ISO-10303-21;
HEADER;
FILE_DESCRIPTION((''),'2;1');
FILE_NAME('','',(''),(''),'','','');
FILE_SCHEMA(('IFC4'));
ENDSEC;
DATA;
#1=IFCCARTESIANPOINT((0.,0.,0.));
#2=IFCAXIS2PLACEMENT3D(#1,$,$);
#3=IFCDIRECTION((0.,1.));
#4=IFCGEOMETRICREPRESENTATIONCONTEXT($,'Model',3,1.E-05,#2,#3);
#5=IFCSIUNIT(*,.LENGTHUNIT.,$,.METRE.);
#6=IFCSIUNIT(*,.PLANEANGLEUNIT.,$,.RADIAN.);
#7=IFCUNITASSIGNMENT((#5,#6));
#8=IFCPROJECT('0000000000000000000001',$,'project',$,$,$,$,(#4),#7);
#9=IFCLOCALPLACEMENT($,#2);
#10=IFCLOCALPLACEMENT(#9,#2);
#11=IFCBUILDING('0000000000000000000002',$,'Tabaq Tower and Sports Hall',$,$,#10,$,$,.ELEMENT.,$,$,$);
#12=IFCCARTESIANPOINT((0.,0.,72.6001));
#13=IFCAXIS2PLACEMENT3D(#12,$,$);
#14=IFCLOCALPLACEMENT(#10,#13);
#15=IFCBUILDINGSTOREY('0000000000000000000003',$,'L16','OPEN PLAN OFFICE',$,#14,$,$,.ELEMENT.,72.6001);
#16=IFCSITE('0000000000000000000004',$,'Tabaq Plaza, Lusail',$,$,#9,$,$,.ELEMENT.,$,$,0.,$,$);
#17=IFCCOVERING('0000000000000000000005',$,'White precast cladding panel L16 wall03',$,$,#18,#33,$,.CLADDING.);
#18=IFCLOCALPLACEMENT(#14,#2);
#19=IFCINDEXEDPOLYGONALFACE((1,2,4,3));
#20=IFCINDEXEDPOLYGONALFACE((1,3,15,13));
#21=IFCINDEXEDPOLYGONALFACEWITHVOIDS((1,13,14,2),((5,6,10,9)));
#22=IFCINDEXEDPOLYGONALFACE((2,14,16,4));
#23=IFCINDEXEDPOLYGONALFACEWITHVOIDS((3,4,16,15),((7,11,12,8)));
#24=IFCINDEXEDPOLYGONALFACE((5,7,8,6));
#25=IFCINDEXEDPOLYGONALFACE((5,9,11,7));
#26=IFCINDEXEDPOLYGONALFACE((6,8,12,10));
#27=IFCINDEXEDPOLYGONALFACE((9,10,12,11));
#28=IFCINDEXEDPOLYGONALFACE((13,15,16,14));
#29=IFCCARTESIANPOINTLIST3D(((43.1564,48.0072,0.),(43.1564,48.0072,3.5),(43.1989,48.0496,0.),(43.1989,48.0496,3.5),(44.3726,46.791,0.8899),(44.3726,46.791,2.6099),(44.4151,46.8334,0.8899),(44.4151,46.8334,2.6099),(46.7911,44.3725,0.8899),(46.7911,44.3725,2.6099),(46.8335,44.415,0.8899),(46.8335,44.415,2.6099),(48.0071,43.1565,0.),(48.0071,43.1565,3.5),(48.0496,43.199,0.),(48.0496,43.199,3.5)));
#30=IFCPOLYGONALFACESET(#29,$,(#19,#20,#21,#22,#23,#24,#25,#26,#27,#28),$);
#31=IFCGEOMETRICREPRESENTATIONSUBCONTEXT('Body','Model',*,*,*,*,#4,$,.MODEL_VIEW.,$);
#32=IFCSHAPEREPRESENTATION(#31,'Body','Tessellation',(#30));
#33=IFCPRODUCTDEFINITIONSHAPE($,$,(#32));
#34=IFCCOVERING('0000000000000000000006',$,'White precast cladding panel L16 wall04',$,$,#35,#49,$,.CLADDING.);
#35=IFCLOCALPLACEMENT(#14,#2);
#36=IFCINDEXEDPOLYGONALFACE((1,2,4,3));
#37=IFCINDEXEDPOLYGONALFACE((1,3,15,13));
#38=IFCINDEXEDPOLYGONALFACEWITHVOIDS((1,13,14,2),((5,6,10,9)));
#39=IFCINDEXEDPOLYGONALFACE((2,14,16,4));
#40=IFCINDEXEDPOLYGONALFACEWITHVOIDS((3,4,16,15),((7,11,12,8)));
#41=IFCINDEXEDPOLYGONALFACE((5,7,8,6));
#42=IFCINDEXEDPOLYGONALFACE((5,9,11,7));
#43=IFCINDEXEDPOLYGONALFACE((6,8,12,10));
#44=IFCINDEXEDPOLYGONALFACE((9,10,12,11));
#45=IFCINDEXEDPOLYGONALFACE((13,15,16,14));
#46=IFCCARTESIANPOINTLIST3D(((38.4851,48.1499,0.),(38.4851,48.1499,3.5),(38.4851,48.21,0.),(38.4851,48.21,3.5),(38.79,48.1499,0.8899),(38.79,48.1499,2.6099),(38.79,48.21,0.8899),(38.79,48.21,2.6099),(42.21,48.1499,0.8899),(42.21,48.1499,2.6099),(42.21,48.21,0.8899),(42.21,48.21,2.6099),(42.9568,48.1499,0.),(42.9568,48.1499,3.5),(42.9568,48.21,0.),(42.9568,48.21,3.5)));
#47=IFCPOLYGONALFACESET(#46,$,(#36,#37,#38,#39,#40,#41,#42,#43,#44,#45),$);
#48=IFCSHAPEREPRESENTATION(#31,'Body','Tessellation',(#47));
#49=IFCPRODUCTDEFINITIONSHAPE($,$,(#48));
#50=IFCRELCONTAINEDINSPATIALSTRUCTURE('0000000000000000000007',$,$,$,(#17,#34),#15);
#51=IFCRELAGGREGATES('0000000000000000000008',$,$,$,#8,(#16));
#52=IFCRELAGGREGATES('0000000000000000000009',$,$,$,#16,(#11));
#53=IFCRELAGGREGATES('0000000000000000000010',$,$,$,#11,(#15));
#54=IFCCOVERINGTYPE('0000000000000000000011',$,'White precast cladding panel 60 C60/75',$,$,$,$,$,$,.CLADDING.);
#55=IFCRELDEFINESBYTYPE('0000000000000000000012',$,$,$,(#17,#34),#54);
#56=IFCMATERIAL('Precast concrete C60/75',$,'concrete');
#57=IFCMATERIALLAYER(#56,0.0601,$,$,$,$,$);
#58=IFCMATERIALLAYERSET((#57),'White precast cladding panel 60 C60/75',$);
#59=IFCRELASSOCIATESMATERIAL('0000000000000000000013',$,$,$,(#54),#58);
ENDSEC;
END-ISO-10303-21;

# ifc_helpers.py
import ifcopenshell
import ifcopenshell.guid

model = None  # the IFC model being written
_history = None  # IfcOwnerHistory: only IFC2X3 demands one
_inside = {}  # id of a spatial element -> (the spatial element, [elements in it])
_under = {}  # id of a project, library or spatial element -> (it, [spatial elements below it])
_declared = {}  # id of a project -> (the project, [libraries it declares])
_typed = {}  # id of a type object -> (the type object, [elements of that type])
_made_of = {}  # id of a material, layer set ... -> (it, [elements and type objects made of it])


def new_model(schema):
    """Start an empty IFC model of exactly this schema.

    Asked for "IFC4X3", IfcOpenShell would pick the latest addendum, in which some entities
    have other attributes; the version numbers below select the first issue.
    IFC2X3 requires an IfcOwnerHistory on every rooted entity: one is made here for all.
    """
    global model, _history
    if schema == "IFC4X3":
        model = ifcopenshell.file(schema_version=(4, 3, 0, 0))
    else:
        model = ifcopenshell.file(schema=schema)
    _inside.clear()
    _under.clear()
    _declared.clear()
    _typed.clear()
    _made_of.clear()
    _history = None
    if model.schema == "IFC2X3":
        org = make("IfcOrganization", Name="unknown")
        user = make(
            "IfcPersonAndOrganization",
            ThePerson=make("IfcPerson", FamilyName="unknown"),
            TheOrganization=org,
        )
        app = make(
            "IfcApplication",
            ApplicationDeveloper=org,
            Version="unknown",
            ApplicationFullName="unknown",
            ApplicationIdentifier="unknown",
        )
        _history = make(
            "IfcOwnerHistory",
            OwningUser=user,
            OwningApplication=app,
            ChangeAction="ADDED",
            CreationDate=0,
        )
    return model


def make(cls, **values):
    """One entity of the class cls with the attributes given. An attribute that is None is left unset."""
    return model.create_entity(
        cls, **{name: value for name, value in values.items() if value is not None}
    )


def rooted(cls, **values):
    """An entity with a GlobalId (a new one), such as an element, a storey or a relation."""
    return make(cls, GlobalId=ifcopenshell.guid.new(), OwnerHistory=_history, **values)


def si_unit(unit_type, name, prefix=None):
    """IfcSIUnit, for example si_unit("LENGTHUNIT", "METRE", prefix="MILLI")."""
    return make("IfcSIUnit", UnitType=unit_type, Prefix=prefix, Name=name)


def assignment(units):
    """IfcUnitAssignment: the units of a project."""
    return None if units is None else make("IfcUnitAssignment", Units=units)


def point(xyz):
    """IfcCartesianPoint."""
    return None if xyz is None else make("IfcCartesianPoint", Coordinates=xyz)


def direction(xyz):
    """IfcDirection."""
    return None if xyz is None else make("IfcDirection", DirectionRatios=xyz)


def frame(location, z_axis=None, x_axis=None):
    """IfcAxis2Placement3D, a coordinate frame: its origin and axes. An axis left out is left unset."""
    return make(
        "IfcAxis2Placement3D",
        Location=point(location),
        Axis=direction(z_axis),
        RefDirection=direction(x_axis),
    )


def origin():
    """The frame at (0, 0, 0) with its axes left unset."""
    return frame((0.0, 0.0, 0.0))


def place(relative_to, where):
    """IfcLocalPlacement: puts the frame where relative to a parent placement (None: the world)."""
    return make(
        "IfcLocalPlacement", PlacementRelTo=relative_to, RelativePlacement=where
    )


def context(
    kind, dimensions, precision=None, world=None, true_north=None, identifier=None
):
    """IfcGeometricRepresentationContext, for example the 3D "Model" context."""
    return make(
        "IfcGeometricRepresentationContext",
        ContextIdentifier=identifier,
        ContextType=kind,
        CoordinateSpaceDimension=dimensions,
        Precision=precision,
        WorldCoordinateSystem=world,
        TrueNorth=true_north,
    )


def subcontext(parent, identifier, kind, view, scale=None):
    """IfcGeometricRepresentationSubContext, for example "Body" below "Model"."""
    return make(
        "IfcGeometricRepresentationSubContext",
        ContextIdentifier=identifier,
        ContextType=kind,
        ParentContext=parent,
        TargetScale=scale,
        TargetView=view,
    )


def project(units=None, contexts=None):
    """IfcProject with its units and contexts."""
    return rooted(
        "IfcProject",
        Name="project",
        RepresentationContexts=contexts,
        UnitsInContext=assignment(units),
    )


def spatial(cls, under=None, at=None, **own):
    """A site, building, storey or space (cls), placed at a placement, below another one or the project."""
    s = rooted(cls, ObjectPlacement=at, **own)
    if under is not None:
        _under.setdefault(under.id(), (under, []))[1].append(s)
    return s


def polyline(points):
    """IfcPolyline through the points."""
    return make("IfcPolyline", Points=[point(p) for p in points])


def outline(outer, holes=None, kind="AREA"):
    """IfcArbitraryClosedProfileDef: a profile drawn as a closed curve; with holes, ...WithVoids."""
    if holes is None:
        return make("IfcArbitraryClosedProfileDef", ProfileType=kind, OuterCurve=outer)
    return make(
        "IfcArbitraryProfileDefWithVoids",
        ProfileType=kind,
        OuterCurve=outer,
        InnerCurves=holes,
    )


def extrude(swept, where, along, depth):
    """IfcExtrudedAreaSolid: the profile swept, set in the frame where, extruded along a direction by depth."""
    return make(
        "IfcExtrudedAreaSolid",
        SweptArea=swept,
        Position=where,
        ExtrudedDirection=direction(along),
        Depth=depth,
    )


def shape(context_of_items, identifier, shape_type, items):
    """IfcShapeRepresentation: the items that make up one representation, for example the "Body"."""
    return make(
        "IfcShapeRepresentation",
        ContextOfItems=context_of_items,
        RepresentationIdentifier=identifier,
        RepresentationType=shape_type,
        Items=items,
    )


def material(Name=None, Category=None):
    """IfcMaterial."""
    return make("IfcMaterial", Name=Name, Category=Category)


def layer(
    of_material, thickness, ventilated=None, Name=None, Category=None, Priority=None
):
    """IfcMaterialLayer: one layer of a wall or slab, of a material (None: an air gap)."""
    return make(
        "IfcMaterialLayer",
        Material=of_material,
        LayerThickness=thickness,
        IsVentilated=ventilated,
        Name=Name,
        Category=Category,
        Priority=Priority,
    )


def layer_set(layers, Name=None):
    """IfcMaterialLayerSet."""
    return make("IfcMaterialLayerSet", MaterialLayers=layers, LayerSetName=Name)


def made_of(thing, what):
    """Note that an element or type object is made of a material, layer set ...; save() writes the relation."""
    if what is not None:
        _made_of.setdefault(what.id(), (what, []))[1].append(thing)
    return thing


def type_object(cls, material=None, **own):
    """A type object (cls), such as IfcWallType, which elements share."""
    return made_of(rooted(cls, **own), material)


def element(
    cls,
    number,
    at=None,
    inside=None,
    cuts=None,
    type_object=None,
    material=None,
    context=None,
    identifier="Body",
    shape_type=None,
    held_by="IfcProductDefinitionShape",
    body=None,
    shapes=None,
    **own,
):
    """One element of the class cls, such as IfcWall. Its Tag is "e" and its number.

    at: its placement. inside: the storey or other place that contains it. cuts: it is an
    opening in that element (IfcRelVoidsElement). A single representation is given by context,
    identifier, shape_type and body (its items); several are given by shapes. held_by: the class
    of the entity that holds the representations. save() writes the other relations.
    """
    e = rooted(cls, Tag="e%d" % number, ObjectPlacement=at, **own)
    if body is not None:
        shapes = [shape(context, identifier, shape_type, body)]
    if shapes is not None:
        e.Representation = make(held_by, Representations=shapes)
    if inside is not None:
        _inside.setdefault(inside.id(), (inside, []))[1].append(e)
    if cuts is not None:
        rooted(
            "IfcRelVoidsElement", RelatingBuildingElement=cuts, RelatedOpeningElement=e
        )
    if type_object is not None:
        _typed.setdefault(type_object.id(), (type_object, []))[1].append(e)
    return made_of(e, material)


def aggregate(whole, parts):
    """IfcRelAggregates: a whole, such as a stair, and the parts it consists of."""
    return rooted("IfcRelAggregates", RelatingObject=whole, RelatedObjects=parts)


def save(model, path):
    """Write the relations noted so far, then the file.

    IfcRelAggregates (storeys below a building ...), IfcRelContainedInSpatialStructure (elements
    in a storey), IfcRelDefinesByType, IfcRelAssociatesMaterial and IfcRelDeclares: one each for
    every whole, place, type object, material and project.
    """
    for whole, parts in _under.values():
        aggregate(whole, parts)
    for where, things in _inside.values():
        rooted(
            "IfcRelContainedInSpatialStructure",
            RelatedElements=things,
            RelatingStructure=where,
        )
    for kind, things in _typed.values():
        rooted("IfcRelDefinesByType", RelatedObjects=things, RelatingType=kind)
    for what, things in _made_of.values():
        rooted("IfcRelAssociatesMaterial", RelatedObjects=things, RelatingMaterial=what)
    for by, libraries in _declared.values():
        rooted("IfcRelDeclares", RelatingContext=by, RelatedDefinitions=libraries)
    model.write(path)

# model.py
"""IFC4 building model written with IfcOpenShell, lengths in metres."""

from ifc_helpers import new_model, si_unit, direction, frame, origin, place, context, subcontext, project, spatial, polyline, outline, extrude, material, layer, layer_set, type_object, element, save


model = new_model("IFC4")

# Units and contexts
model_context = context("Model", 3, precision=1e-05, world=origin(), true_north=direction((0.0, 1.0)))
body_context = subcontext(model_context, "Body", "Model", "MODEL_VIEW")
ifc_project = project(units=[si_unit("LENGTHUNIT", "METRE"), si_unit("PLANEANGLEUNIT", "RADIAN")], contexts=[model_context])

# Site, building, storey
site_placement = place(None, origin())
site = spatial("IfcSite", under=ifc_project, at=site_placement, Name="Tabaq Plaza, Lusail", CompositionType="ELEMENT", RefElevation=0.0)
building_placement = place(site_placement, origin())
building = spatial("IfcBuilding", under=site, at=building_placement, Name="Tabaq Tower and Sports Hall", CompositionType="ELEMENT")
storey_placement = place(building_placement, frame((0.0, 0.0, 72.6001)))
storey = spatial("IfcBuildingStorey", under=building, at=storey_placement, Name="L16", Description="OPEN PLAN OFFICE", CompositionType="ELEMENT", Elevation=72.6001)

# Coverings
ifc_material_1 = material(Name="Precast concrete C60/75", Category="concrete")
ifc_layer_1 = layer(ifc_material_1, 0.0601)
ifc_layer_set_1 = layer_set([ifc_layer_1], Name="White precast cladding panel 60 C60/75")
covering_type_1 = type_object("IfcCoveringType", Name="White precast cladding panel 60 C60/75", PredefinedType="CLADDING", material=ifc_layer_set_1)
covering_1_placement = place(storey_placement, frame((48.0283, 43.1777, 0.0), z_axis=(0.0, 0.0, 1.0), x_axis=(-0.707107, 0.707107, 0.0)))
element("IfcCovering", 1, at=covering_1_placement, inside=storey, type_object=covering_type_1, Name="White precast cladding panel L16 wall03", PredefinedType="CLADDING", context=body_context, shape_type="SweptSolid", body=[
    extrude(outline(polyline([(0.0, 0.0), (6.8599, 0.0), (6.8599, 3.5), (0.0, 3.5), (0.0, 0.0)]), holes=[polyline([(1.7197, 0.8899), (1.7197, 2.6099), (5.1399, 2.6099), (5.1399, 0.8899), (1.7197, 0.8899)])]), frame((0.0, 0.03, 0.0), z_axis=(0.0, -1.0, 0.0), x_axis=(1.0, 0.0, 0.0)), (0.0, 0.0, 1.0), 0.0601),
])
covering_2_placement = place(storey_placement, frame((42.9568, 48.1799, 0.0), z_axis=(0.0, 0.0, 1.0), x_axis=(-1.0, 0.0, 0.0)))
element("IfcCovering", 2, at=covering_2_placement, inside=storey, type_object=covering_type_1, Name="White precast cladding panel L16 wall04", PredefinedType="CLADDING", context=body_context, shape_type="SweptSolid", body=[
    extrude(outline(polyline([(0.0, 0.0), (4.4717, 0.0), (4.4717, 3.5), (0.0, 3.5), (0.0, 0.0)]), holes=[polyline([(0.7468, 0.8899), (0.7468, 2.6099), (4.1667, 2.6099), (4.1667, 0.8899), (0.7468, 0.8899)])]), frame((0.0, 0.03, 0.0), z_axis=(0.0, -1.0, 0.0), x_axis=(1.0, 0.0, 0.0)), (0.0, 0.0, 1.0), 0.0601),
])

save(model, "model.ifc")
